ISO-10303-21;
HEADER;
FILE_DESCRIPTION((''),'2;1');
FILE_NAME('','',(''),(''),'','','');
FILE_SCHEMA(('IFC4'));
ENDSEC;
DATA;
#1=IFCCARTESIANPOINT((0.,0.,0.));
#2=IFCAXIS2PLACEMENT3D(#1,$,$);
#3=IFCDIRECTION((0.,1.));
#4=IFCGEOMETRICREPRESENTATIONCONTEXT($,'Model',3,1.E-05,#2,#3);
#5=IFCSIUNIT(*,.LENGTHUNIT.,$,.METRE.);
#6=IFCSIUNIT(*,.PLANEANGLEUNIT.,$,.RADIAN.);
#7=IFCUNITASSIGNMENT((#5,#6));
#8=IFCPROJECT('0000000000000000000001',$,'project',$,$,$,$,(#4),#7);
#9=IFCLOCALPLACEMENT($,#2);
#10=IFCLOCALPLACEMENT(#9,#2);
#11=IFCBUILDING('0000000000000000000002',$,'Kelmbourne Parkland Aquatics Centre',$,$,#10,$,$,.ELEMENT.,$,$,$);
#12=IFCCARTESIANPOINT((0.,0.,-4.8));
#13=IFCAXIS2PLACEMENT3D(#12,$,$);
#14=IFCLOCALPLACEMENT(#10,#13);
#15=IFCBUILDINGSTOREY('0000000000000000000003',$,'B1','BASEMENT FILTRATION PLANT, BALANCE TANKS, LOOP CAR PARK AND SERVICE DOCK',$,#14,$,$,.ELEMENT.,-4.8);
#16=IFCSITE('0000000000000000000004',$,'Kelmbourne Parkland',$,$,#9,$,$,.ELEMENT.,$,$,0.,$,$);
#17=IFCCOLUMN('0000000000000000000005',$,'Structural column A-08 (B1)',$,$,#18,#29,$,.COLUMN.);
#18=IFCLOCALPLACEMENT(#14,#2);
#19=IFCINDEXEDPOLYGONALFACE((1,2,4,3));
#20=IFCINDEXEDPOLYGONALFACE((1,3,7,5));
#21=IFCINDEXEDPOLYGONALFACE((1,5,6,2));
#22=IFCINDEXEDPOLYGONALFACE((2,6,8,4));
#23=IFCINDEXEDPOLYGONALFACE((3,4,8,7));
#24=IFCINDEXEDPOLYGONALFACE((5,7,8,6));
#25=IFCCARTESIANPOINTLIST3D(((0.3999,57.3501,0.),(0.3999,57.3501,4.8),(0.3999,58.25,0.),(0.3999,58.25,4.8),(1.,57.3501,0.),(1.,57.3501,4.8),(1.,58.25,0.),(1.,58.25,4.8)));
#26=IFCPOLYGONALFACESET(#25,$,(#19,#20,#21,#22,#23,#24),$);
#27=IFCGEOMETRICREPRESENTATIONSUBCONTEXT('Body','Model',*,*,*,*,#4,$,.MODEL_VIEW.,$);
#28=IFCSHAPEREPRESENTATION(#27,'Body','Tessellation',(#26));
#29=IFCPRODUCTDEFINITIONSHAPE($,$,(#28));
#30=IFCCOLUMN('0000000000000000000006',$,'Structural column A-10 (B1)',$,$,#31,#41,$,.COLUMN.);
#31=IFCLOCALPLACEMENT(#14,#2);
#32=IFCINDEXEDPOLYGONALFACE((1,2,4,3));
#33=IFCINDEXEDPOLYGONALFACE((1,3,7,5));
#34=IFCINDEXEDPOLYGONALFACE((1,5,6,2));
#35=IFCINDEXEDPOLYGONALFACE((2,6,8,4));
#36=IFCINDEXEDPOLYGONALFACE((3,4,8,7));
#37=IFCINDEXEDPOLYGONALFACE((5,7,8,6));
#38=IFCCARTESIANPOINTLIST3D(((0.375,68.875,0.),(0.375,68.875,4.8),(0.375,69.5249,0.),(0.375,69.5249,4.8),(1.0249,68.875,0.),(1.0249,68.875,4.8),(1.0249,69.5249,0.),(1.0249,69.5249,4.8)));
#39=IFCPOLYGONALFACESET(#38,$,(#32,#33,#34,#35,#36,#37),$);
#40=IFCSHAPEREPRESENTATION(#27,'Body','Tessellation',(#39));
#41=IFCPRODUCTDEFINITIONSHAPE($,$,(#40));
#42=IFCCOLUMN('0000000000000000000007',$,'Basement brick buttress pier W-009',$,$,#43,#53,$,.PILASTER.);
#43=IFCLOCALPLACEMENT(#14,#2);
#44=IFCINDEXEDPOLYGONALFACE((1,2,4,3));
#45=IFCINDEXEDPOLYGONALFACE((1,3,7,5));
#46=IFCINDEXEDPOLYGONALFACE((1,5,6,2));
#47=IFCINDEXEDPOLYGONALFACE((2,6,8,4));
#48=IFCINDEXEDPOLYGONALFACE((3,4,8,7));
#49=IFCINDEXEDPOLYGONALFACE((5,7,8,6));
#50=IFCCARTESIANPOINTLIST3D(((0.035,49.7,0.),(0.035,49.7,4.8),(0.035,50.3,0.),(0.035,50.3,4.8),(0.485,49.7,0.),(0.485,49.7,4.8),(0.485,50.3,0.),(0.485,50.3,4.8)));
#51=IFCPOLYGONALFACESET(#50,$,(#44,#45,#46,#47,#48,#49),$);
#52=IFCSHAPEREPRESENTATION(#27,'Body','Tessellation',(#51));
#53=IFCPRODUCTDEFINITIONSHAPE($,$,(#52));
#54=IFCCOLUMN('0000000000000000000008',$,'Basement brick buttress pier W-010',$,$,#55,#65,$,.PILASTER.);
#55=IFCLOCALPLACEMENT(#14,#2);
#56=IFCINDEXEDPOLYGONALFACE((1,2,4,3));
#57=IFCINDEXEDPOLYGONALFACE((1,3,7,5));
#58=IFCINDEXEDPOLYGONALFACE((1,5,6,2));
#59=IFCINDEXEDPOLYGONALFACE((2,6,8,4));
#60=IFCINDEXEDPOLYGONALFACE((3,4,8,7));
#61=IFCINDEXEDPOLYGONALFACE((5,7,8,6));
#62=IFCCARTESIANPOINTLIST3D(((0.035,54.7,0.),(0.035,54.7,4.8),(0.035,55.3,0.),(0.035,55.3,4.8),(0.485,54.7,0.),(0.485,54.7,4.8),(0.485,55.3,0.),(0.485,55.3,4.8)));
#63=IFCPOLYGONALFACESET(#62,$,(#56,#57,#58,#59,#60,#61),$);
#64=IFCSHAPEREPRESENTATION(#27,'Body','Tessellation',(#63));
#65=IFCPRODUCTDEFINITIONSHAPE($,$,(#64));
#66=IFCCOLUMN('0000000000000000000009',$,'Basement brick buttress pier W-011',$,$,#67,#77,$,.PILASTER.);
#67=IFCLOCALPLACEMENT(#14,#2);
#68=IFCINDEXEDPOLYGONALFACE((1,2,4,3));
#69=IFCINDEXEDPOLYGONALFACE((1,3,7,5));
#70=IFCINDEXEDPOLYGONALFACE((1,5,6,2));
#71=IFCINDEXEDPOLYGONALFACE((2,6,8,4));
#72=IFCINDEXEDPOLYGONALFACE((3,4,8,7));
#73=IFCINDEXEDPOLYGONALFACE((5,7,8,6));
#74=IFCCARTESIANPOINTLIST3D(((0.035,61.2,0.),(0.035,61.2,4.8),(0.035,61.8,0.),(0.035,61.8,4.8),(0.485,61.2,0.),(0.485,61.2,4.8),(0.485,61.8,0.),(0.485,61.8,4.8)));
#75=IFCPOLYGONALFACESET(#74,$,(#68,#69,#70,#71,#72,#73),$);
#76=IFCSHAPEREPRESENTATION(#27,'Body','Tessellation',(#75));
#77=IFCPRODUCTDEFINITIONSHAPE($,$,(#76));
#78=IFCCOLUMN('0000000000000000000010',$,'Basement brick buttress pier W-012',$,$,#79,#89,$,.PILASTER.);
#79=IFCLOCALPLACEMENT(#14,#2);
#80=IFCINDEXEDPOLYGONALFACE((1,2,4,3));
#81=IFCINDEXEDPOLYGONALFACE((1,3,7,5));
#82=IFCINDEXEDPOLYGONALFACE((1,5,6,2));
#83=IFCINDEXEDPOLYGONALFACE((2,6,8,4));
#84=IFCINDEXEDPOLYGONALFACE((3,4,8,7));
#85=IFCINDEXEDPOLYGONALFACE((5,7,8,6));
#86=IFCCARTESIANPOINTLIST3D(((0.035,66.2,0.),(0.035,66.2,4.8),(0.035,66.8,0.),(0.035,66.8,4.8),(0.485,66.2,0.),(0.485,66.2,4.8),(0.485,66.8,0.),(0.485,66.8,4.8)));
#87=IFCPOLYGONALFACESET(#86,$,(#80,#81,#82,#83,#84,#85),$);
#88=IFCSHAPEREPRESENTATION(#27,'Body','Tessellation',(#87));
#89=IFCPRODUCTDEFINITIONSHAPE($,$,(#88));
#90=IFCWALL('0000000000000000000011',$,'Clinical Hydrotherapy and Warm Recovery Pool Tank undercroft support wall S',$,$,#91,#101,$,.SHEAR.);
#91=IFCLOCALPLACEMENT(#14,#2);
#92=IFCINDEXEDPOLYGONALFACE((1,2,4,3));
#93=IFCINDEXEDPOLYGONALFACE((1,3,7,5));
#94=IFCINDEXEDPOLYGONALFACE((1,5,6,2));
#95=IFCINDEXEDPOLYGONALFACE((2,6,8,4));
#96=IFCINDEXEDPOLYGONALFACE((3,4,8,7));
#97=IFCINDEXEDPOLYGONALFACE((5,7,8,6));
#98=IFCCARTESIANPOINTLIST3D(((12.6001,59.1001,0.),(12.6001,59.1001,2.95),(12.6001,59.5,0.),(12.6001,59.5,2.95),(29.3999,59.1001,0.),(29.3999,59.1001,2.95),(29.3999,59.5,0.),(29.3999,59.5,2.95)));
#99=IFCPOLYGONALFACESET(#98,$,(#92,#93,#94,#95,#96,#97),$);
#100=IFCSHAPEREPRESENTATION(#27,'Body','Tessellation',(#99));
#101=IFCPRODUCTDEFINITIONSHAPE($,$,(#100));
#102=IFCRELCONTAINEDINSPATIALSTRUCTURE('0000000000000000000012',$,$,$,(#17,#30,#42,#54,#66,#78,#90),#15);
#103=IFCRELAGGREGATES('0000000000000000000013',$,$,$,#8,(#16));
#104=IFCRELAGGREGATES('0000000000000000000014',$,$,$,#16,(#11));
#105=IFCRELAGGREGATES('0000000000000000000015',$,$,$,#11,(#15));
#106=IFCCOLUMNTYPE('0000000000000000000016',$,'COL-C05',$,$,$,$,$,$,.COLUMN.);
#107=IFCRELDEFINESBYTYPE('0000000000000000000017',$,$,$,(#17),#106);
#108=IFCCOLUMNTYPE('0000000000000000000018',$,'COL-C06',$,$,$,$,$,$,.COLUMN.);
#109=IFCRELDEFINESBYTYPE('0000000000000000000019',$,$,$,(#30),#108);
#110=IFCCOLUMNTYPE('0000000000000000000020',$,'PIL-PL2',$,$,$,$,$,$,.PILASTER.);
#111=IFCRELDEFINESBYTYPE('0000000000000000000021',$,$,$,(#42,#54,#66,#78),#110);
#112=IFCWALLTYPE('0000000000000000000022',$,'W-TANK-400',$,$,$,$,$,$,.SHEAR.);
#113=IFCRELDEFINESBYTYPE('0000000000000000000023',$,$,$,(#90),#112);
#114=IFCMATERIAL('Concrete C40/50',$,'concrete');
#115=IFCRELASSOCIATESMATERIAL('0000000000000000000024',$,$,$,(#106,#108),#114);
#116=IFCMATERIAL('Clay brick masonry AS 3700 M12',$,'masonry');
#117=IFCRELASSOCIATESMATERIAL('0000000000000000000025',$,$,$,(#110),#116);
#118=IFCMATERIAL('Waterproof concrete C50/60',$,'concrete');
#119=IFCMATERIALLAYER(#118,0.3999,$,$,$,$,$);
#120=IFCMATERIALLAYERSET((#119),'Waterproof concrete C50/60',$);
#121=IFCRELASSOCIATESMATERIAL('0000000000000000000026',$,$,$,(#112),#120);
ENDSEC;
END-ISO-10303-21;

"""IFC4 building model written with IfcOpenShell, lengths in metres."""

from ifc_helpers import new_model, si_unit, direction, frame, frame_2d, origin, origin_2d, place, context, subcontext, project, spatial, rectangle, extrude, material, layer, layer_set, material_profile, profile_set, type_object, element, save


model = new_model("IFC4")

# Units and contexts
model_context = context("Model", 3, precision=1e-05, world=origin(), true_north=direction((0.0, 1.0)))
body_context = subcontext(model_context, "Body", "Model", "MODEL_VIEW")
ifc_project = project(units=[si_unit("LENGTHUNIT", "METRE"), si_unit("PLANEANGLEUNIT", "RADIAN")], contexts=[model_context])

# Site, building, storey
site_placement = place(None, origin())
site = spatial("IfcSite", under=ifc_project, at=site_placement, Name="Kelmbourne Parkland", CompositionType="ELEMENT", RefElevation=0.0)
building_placement = place(site_placement, origin())
building = spatial("IfcBuilding", under=site, at=building_placement, Name="Kelmbourne Parkland Aquatics Centre", CompositionType="ELEMENT")
storey_placement = place(building_placement, frame((0.0, 0.0, -4.8)))
storey = spatial("IfcBuildingStorey", under=building, at=storey_placement, Name="B1", Description="BASEMENT FILTRATION PLANT, BALANCE TANKS, LOOP CAR PARK AND SERVICE DOCK", CompositionType="ELEMENT", Elevation=-4.8)

# Shared definitions
ifc_material_1 = material(Name="Waterproof concrete C50/60", Category="concrete")

# Columns
ifc_material_2 = material(Name="Concrete C40/50", Category="concrete")
ifc_material_profile_1 = material_profile(ifc_material_2, rectangle(XDim=0.6001, YDim=0.8999, at=origin_2d()), Name="RC 600x900")
ifc_profile_set_1 = profile_set([ifc_material_profile_1], Name="Concrete C40/50")
column_type_1 = type_object("IfcColumnType", Name="COL-C05", PredefinedType="COLUMN", material=ifc_profile_set_1)
column_1_placement = place(storey_placement, frame((0.7, 57.8, 0.0), z_axis=(0.0, 0.0, 1.0), x_axis=(1.0, 0.0, 0.0)))
element("IfcColumn", 1, at=column_1_placement, inside=storey, type_object=column_type_1, Name="Structural column A-08 (B1)", PredefinedType="COLUMN", context=body_context, shape_type="SweptSolid", body=[
    extrude(rectangle(XDim=0.6001, YDim=0.8999, at=origin_2d()), origin(), (0.0, 0.0, 1.0), 4.8),
])
ifc_material_profile_2 = material_profile(ifc_material_2, rectangle(XDim=0.6499, YDim=0.6499, at=origin_2d()), Name="RC 650x650")
ifc_profile_set_2 = profile_set([ifc_material_profile_2], Name="Concrete C40/50")
column_type_2 = type_object("IfcColumnType", Name="COL-C06", PredefinedType="COLUMN", material=ifc_profile_set_2)
column_2_placement = place(storey_placement, frame((0.7, 69.2, 0.0), z_axis=(0.0, 0.0, 1.0), x_axis=(1.0, 0.0, 0.0)))
element("IfcColumn", 2, at=column_2_placement, inside=storey, type_object=column_type_2, Name="Structural column A-10 (B1)", PredefinedType="COLUMN", context=body_context, shape_type="SweptSolid", body=[
    extrude(rectangle(XDim=0.6499, YDim=0.6499, at=origin_2d()), origin(), (0.0, 0.0, 1.0), 4.8),
])
ifc_material_3 = material(Name="Clay brick masonry AS 3700 M12", Category="masonry")
ifc_material_profile_3 = material_profile(ifc_material_3, rectangle(XDim=0.45, YDim=0.6001, at=origin_2d()), Name="PIL 450x600")
ifc_profile_set_3 = profile_set([ifc_material_profile_3], Name="Clay brick masonry AS 3700 M12")
column_type_3 = type_object("IfcColumnType", Name="PIL-PL2", PredefinedType="PILASTER", material=ifc_profile_set_3)
for number, where, z_axis, x_axis, name in (
    (3, (0.26, 50.0, 0.0), (0.0, 0.0, 1.0), (1.0, 0.0, 0.0), "Basement brick buttress pier W-009"),
    (4, (0.26, 55.0, 0.0), (0.0, 0.0, 1.0), (1.0, 0.0, 0.0), "Basement brick buttress pier W-010"),
    (5, (0.26, 61.5, 0.0), (0.0, 0.0, 1.0), (1.0, 0.0, 0.0), "Basement brick buttress pier W-011"),
    (6, (0.26, 66.5, 0.0), (0.0, 0.0, 1.0), (1.0, 0.0, 0.0), "Basement brick buttress pier W-012"),
):
    element("IfcColumn", number, at=place(storey_placement, frame(where, z_axis=z_axis, x_axis=x_axis)), inside=storey, type_object=column_type_3, Name=name, PredefinedType="PILASTER", context=body_context, shape_type="SweptSolid", body=[
        extrude(rectangle(XDim=0.45, YDim=0.6001, at=origin_2d()), origin(), (0.0, 0.0, 1.0), 4.8),
    ])

# Wall
ifc_layer = layer(ifc_material_1, 0.3999)
ifc_layer_set = layer_set([ifc_layer], Name="Waterproof concrete C50/60")
wall_type = type_object("IfcWallType", Name="W-TANK-400", PredefinedType="SHEAR", material=ifc_layer_set)
wall_placement = place(storey_placement, frame((12.6001, 59.3, 0.0), z_axis=(0.0, 0.0, 1.0), x_axis=(1.0, 0.0, 0.0)))
element("IfcWall", 7, at=wall_placement, inside=storey, type_object=wall_type, Name="Clinical Hydrotherapy and Warm Recovery Pool Tank undercroft support wall S", PredefinedType="SHEAR", context=body_context, shape_type="SweptSolid", body=[
    extrude(rectangle(XDim=16.7998, YDim=0.3999, at=frame_2d((8.3999, 0.0))), origin(), (0.0, 0.0, 1.0), 2.95),
])

save(model, "model.ifc")
